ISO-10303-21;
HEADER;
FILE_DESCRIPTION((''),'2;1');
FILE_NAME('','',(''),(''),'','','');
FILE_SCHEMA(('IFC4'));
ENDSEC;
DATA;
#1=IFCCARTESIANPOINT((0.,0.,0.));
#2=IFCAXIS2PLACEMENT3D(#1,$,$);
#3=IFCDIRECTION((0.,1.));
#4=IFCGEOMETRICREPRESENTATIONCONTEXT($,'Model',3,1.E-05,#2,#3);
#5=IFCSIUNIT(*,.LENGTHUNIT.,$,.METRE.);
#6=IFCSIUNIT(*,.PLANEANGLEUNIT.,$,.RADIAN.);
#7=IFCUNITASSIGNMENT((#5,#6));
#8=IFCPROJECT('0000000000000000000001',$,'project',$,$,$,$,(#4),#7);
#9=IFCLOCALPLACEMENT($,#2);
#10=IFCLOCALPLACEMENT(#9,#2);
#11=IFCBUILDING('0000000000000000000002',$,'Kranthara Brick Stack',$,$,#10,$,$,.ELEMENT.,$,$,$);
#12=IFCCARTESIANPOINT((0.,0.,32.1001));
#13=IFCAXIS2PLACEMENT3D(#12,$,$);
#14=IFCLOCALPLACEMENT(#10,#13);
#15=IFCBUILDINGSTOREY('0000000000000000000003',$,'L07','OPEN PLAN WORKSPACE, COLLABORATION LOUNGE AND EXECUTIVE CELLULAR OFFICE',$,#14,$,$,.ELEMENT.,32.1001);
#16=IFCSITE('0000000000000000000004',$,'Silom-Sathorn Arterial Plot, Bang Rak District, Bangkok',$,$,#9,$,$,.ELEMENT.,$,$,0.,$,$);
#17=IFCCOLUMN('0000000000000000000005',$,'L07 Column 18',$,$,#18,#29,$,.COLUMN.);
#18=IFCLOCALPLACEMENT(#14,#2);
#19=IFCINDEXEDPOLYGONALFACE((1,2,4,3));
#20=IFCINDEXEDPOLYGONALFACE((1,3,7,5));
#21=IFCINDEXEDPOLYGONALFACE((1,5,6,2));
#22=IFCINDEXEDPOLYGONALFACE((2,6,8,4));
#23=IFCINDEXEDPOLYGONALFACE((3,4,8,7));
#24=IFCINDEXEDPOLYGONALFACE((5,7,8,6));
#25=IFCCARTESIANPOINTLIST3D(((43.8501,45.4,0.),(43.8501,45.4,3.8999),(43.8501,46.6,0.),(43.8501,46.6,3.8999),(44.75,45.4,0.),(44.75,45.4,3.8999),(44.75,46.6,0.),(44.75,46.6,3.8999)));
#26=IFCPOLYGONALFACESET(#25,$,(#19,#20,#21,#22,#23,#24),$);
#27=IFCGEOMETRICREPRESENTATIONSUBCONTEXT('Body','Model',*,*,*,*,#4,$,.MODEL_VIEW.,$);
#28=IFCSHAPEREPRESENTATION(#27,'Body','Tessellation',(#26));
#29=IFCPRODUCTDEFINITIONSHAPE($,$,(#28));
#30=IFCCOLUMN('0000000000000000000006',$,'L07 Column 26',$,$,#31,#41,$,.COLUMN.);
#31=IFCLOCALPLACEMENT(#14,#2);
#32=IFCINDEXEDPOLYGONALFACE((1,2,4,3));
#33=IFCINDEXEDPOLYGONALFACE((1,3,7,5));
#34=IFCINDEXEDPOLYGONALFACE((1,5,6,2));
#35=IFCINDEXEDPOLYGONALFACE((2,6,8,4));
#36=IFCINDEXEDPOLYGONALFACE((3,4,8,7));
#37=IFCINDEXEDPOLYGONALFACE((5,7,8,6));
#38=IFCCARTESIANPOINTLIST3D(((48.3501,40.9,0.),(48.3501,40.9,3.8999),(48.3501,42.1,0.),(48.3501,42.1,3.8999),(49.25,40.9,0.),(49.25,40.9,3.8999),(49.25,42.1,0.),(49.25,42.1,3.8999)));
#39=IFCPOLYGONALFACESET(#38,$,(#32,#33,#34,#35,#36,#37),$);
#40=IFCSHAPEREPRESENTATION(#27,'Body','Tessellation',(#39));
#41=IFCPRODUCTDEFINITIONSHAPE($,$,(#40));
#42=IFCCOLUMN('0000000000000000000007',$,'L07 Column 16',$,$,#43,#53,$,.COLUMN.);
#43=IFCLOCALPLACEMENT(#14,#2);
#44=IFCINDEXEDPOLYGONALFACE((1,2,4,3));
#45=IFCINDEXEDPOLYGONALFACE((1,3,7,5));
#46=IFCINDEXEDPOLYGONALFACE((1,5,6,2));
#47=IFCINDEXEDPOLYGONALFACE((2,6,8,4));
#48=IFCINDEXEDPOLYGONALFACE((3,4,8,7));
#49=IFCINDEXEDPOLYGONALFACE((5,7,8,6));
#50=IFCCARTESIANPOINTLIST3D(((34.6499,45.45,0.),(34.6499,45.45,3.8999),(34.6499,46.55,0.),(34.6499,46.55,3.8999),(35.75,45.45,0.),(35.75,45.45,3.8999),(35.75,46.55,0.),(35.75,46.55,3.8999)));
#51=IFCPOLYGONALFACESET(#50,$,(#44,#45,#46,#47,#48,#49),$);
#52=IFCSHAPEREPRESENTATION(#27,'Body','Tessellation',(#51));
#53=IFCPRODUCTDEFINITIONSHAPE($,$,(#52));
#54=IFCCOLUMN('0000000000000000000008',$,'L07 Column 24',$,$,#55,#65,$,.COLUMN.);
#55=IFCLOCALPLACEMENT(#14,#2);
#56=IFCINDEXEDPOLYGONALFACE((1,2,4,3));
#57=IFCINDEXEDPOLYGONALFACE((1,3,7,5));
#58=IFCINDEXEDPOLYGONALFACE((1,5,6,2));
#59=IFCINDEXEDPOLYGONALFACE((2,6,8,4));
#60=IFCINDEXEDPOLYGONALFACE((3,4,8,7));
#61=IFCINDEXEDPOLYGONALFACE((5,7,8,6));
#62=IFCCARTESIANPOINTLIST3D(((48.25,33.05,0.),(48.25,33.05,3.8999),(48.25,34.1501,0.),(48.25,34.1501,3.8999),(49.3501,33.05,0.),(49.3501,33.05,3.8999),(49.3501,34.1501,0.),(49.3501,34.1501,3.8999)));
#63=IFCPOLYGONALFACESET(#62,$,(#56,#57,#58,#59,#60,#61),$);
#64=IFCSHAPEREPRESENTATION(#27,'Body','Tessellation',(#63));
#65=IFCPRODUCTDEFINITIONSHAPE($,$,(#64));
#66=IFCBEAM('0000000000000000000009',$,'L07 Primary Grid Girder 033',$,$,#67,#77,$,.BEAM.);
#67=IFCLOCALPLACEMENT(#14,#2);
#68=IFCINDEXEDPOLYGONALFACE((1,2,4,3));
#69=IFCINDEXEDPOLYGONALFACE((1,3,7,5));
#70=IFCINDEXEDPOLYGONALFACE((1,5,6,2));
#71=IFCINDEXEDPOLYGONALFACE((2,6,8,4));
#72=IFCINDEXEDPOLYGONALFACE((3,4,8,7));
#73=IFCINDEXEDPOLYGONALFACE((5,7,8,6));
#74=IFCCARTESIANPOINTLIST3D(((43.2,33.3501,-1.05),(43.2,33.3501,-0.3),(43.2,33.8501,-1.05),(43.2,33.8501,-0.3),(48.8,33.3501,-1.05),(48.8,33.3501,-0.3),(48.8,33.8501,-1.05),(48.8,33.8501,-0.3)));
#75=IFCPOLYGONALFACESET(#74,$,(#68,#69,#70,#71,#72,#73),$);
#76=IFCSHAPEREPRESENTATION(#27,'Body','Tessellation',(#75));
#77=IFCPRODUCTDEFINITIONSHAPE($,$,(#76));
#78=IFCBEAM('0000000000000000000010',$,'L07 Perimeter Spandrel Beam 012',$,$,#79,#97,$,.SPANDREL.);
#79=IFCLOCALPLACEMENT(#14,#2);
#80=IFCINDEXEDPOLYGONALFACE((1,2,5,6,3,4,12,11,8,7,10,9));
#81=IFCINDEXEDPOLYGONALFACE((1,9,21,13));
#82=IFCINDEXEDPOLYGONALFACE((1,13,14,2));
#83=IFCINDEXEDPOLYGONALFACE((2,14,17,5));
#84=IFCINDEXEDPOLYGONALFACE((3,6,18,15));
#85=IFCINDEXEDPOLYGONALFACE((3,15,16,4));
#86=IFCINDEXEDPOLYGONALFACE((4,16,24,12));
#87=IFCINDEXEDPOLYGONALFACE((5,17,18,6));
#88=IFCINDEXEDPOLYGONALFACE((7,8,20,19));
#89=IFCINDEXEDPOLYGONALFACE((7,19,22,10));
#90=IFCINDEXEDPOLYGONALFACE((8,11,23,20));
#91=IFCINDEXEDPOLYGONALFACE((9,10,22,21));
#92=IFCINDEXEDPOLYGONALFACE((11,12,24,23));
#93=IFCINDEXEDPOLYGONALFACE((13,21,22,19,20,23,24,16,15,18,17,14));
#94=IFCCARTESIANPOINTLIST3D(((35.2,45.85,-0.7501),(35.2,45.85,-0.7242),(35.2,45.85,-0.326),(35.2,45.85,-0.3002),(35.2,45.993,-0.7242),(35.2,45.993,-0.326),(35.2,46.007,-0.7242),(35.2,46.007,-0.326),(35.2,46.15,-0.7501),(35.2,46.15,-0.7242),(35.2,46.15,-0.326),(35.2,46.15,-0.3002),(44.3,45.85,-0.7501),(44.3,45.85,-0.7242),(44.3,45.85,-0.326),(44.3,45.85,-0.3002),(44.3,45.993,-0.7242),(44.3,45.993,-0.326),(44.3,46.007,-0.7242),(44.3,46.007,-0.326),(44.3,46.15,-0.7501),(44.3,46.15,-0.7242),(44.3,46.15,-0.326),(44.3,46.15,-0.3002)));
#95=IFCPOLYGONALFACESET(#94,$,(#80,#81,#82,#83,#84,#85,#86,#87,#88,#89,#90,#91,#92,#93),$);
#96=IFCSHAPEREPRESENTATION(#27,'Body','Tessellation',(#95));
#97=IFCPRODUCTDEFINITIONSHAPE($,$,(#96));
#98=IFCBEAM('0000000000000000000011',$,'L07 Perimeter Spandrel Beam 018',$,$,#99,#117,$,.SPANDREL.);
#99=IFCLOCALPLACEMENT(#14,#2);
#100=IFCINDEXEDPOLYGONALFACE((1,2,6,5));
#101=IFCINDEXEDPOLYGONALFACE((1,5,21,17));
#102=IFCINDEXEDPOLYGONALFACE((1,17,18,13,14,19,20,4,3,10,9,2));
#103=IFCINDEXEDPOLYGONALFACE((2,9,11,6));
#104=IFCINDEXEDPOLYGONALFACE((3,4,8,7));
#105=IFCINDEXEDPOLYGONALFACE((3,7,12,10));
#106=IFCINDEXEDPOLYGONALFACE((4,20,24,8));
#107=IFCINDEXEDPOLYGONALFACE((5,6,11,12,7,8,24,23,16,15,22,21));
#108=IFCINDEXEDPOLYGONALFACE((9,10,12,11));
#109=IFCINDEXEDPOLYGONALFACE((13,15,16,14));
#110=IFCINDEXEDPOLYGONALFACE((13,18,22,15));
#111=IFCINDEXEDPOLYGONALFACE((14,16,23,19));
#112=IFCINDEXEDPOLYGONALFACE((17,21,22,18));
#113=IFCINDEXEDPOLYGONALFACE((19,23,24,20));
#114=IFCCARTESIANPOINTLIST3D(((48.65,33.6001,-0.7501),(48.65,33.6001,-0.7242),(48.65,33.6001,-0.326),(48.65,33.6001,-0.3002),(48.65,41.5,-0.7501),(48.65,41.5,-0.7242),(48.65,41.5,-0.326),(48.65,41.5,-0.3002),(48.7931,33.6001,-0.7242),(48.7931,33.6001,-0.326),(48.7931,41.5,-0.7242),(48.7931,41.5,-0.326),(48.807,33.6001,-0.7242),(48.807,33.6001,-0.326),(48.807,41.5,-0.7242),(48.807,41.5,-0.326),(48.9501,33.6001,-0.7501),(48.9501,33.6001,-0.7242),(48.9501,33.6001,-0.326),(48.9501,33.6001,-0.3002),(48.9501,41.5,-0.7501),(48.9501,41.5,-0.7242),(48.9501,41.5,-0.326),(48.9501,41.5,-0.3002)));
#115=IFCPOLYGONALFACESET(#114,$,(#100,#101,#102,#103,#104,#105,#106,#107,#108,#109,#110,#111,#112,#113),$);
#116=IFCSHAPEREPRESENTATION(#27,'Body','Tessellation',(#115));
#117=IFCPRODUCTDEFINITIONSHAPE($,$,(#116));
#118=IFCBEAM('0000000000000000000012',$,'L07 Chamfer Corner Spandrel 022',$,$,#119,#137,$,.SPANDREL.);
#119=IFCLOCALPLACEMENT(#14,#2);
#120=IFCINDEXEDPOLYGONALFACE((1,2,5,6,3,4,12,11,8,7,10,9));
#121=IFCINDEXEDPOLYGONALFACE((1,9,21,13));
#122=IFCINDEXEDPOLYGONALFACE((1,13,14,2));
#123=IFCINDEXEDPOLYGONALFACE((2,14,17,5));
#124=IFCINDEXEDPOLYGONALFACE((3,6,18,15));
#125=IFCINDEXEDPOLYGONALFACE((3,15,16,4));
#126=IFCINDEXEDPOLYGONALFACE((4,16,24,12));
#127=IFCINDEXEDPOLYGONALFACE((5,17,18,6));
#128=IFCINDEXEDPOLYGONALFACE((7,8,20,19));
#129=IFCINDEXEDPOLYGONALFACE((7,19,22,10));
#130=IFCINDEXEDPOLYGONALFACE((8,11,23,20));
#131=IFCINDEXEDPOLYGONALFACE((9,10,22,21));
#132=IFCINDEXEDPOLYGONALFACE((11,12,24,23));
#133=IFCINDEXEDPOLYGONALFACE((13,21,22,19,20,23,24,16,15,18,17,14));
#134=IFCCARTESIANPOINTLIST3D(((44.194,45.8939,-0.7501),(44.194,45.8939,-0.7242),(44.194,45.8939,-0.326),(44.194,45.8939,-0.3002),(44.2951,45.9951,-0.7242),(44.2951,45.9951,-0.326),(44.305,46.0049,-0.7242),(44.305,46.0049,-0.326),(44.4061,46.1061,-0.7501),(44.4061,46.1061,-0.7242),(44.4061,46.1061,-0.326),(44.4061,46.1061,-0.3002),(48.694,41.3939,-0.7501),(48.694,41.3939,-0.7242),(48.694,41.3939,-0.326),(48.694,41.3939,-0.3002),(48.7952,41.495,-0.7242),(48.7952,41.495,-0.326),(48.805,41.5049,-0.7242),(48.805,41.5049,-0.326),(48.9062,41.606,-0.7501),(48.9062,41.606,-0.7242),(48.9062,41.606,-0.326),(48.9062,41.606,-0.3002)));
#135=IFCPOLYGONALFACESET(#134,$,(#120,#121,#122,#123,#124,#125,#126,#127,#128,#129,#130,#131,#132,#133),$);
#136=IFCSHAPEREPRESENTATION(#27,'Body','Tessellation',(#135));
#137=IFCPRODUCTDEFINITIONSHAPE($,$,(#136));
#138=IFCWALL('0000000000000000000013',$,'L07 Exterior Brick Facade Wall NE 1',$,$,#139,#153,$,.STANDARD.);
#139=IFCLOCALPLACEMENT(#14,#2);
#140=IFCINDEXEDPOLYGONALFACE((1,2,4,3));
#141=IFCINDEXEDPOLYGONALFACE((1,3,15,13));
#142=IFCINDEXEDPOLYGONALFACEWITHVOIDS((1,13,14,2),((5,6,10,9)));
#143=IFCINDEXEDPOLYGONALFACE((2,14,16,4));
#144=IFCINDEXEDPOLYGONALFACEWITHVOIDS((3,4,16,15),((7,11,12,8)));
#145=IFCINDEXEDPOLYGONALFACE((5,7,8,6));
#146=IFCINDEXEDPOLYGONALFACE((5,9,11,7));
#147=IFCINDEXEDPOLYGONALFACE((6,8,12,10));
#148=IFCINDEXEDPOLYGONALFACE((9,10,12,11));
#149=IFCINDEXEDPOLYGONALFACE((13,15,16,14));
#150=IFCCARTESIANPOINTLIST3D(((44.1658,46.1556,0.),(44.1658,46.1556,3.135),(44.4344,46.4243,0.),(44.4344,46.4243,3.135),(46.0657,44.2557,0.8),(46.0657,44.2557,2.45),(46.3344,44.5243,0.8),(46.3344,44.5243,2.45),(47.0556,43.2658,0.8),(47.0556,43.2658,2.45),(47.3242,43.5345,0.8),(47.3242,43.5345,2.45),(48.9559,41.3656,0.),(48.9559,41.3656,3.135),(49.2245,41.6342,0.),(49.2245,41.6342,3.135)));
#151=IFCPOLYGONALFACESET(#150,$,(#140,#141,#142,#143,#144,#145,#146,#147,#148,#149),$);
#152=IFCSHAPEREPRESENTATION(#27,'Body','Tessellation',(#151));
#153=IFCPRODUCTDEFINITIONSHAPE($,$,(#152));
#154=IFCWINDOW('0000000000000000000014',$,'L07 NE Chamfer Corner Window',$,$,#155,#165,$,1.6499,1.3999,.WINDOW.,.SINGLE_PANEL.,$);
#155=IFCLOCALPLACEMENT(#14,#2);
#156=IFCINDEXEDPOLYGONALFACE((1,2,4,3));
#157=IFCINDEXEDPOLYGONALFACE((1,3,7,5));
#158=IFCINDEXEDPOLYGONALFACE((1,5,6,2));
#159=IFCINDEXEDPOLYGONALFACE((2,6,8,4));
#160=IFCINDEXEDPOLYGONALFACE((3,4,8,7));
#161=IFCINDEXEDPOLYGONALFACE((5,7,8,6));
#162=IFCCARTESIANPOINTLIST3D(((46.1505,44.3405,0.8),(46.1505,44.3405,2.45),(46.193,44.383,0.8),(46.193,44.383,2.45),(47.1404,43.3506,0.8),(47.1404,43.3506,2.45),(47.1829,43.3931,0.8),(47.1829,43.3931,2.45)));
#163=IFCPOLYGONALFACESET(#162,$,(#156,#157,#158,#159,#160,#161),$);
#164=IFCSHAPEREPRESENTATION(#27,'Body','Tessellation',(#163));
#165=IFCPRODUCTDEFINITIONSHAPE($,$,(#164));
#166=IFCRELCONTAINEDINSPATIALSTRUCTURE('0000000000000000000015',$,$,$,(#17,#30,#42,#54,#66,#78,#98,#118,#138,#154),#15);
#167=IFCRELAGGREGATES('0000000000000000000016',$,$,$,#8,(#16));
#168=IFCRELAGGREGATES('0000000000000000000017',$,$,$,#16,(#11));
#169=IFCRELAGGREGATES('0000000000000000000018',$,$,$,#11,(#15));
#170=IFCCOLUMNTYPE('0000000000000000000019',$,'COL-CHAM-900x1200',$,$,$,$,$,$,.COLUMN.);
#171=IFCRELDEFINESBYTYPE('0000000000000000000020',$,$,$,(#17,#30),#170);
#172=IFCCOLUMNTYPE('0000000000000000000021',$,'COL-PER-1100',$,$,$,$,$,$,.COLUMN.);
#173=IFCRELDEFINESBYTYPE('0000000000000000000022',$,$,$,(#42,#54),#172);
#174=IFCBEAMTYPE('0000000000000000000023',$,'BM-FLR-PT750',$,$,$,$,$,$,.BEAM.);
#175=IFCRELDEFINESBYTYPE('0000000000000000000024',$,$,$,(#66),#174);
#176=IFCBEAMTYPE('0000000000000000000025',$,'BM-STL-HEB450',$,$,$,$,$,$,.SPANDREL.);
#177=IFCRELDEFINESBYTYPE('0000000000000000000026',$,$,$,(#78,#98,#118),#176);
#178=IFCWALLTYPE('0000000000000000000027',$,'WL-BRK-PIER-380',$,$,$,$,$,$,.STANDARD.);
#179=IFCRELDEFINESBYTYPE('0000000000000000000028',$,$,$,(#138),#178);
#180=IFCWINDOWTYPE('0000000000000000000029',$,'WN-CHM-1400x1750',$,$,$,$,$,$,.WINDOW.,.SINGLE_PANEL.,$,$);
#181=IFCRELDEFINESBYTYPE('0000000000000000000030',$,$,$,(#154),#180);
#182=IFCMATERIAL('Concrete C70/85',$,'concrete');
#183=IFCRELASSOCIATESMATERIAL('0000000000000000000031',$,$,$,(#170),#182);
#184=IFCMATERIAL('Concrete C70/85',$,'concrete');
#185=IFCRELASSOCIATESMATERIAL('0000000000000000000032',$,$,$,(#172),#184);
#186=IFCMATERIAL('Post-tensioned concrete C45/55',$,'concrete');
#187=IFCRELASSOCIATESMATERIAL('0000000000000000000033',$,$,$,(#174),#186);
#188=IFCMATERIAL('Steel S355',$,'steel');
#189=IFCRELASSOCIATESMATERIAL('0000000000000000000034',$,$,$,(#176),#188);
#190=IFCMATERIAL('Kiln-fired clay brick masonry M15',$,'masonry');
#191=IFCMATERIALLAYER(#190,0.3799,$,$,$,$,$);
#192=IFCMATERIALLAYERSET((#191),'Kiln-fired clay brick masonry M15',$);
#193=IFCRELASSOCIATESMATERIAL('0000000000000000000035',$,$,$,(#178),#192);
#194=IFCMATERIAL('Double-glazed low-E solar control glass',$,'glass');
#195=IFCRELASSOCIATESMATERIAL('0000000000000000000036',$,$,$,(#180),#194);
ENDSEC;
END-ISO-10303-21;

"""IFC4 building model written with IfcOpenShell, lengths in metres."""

from ifc_helpers import new_model, si_unit, direction, frame, frame_2d, origin, origin_2d, place, context, subcontext, project, spatial, rectangle, i_section, extrude, material, layer, layer_set, material_profile, profile_set, type_object, element, fill, save


model = new_model("IFC4")

# Units and contexts
model_context = context("Model", 3, precision=1e-05, world=origin(), true_north=direction((0.0, 1.0)))
body_context = subcontext(model_context, "Body", "Model", "MODEL_VIEW")
ifc_project = project(units=[si_unit("LENGTHUNIT", "METRE"), si_unit("PLANEANGLEUNIT", "RADIAN")], contexts=[model_context])

# Site, building, storey
site_placement = place(None, origin())
site = spatial("IfcSite", under=ifc_project, at=site_placement, Name="Silom-Sathorn Arterial Plot, Bang Rak District, Bangkok", CompositionType="ELEMENT", RefElevation=0.0)
building_placement = place(site_placement, origin())
building = spatial("IfcBuilding", under=site, at=building_placement, Name="Kranthara Brick Stack", CompositionType="ELEMENT")
storey_placement = place(building_placement, frame((0.0, 0.0, 32.1001)))
storey = spatial("IfcBuildingStorey", under=building, at=storey_placement, Name="L07", Description="OPEN PLAN WORKSPACE, COLLABORATION LOUNGE AND EXECUTIVE CELLULAR OFFICE", CompositionType="ELEMENT", Elevation=32.1001)

# Columns
ifc_material_1 = material(Name="Concrete C70/85", Category="concrete")
ifc_material_profile_1 = material_profile(ifc_material_1, rectangle(XDim=0.8999, YDim=1.2, at=origin_2d()), Name="RC 900x1200")
ifc_profile_set_1 = profile_set([ifc_material_profile_1], Name="Concrete C70/85")
column_type_1 = type_object("IfcColumnType", Name="COL-CHAM-900x1200", PredefinedType="COLUMN", material=ifc_profile_set_1)
for number, where, z_axis, x_axis, name in (
    (1, (44.3, 46.0, 0.0), (0.0, 0.0, 1.0), (1.0, 0.0, 0.0), "L07 Column 18"),
    (2, (48.8, 41.5, 0.0), (0.0, 0.0, 1.0), (1.0, 0.0, 0.0), "L07 Column 26"),
):
    element("IfcColumn", number, at=place(storey_placement, frame(where, z_axis=z_axis, x_axis=x_axis)), inside=storey, type_object=column_type_1, Name=name, PredefinedType="COLUMN", context=body_context, shape_type="SweptSolid", body=[
        extrude(rectangle(XDim=0.8999, YDim=1.2, at=origin_2d()), origin(), (0.0, 0.0, 1.0), 3.8999),
    ])
ifc_material_2 = material(Name="Concrete C70/85", Category="concrete")
ifc_material_profile_2 = material_profile(ifc_material_2, rectangle(XDim=1.1001, YDim=1.1001, at=origin_2d()), Name="RC 1100x1100")
ifc_profile_set_2 = profile_set([ifc_material_profile_2], Name="Concrete C70/85")
column_type_2 = type_object("IfcColumnType", Name="COL-PER-1100", PredefinedType="COLUMN", material=ifc_profile_set_2)
for number, where, z_axis, x_axis, name in (
    (3, (35.2, 46.0, 0.0), (0.0, 0.0, 1.0), (1.0, 0.0, 0.0), "L07 Column 16"),
    (4, (48.8, 33.6001, 0.0), (0.0, 0.0, 1.0), (1.0, 0.0, 0.0), "L07 Column 24"),
):
    element("IfcColumn", number, at=place(storey_placement, frame(where, z_axis=z_axis, x_axis=x_axis)), inside=storey, type_object=column_type_2, Name=name, PredefinedType="COLUMN", context=body_context, shape_type="SweptSolid", body=[
        extrude(rectangle(XDim=1.1001, YDim=1.1001, at=origin_2d()), origin(), (0.0, 0.0, 1.0), 3.8999),
    ])

# Beams
ifc_material_3 = material(Name="Post-tensioned concrete C45/55", Category="concrete")
ifc_material_profile_3 = material_profile(ifc_material_3, rectangle(XDim=0.5, YDim=0.75, at=origin_2d()), Name="PT 500x750")
ifc_profile_set_3 = profile_set([ifc_material_profile_3], Name="Post-tensioned concrete C45/55")
beam_type_1 = type_object("IfcBeamType", Name="BM-FLR-PT750", PredefinedType="BEAM", material=ifc_profile_set_3)
beam_1_placement = place(storey_placement, frame((43.2, 33.6001, -0.675), z_axis=(1.0, 0.0, 0.0), x_axis=(0.0, 1.0, 0.0)))
element("IfcBeam", 5, at=beam_1_placement, inside=storey, type_object=beam_type_1, Name="L07 Primary Grid Girder 033", PredefinedType="BEAM", context=body_context, shape_type="SweptSolid", body=[
    extrude(rectangle(XDim=0.5, YDim=0.75, at=origin_2d()), origin(), (0.0, 0.0, 1.0), 5.6001),
])
ifc_material_4 = material(Name="Steel S355", Category="steel")
ifc_material_profile_4 = material_profile(ifc_material_4, i_section(OverallWidth=0.3, OverallDepth=0.45, WebThickness=0.0139, FlangeThickness=0.0259, at=origin_2d()), Name="HEB 450")
ifc_profile_set_4 = profile_set([ifc_material_profile_4], Name="Steel S355")
beam_type_2 = type_object("IfcBeamType", Name="BM-STL-HEB450", PredefinedType="SPANDREL", material=ifc_profile_set_4)
beam_2_placement = place(storey_placement, frame((35.2, 46.0, -0.5251), z_axis=(1.0, 0.0, 0.0), x_axis=(0.0, 1.0, 0.0)))
element("IfcBeam", 6, at=beam_2_placement, inside=storey, type_object=beam_type_2, Name="L07 Perimeter Spandrel Beam 012", PredefinedType="SPANDREL", context=body_context, shape_type="SweptSolid", body=[
    extrude(i_section(OverallWidth=0.3, OverallDepth=0.45, WebThickness=0.0139, FlangeThickness=0.0259, at=origin_2d()), origin(), (0.0, 0.0, 1.0), 9.1001),
])
beam_3_placement = place(storey_placement, frame((48.8, 33.6001, -0.5251), z_axis=(0.0, 1.0, 0.0), x_axis=(-1.0, 0.0, 0.0)))
element("IfcBeam", 7, at=beam_3_placement, inside=storey, type_object=beam_type_2, Name="L07 Perimeter Spandrel Beam 018", PredefinedType="SPANDREL", context=body_context, shape_type="SweptSolid", body=[
    extrude(i_section(OverallWidth=0.3, OverallDepth=0.45, WebThickness=0.0139, FlangeThickness=0.0259, at=origin_2d()), origin(), (0.0, 0.0, 1.0), 7.8999),
])
beam_4_placement = place(storey_placement, frame((44.3, 46.0, -0.5251), z_axis=(0.707107, -0.707107, 0.0), x_axis=(0.707107, 0.707107, 0.0)))
element("IfcBeam", 8, at=beam_4_placement, inside=storey, type_object=beam_type_2, Name="L07 Chamfer Corner Spandrel 022", PredefinedType="SPANDREL", context=body_context, shape_type="SweptSolid", body=[
    extrude(i_section(OverallWidth=0.3, OverallDepth=0.45, WebThickness=0.0139, FlangeThickness=0.0259, at=origin_2d()), origin(), (0.0, 0.0, 1.0), 6.364),
])

# Wall, opening, window
ifc_material_5 = material(Name="Kiln-fired clay brick masonry M15", Category="masonry")
ifc_layer_1 = layer(ifc_material_5, 0.3799)
ifc_layer_set_1 = layer_set([ifc_layer_1], Name="Kiln-fired clay brick masonry M15")
wall_type_1 = type_object("IfcWallType", Name="WL-BRK-PIER-380", PredefinedType="STANDARD", material=ifc_layer_set_1)
wall_1_placement = place(storey_placement, frame((44.3, 46.29, 0.0), z_axis=(0.0, 0.0, 1.0), x_axis=(0.707107, -0.707107, 0.0)))
wall_1 = element("IfcWall", 9, at=wall_1_placement, inside=storey, type_object=wall_type_1, Name="L07 Exterior Brick Facade Wall NE 1", PredefinedType="STANDARD", context=body_context, shape_type="SweptSolid", body=[
    extrude(rectangle(XDim=6.7742, YDim=0.3799, at=frame_2d((3.3872, 0.0))), origin(), (0.0, 0.0, 1.0), 3.135),
])
opening_1_placement = place(wall_1_placement, frame((2.687, 0.0, 0.8)))
opening_1 = element("IfcOpeningElement", 10, at=opening_1_placement, cuts=wall_1, PredefinedType="OPENING", context=body_context, shape_type="SweptSolid", body=[
    extrude(rectangle(XDim=1.3999, YDim=1.6499, at=frame_2d((0.7, 0.825))), frame((0.0, 0.2, 0.0), z_axis=(0.0, -1.0, 0.0), x_axis=(1.0, 0.0, 0.0)), (0.0, 0.0, 1.0), 0.3999),
])
ifc_material_6 = material(Name="Double-glazed low-E solar control glass", Category="glass")
window_type_1 = type_object("IfcWindowType", Name="WN-CHM-1400x1750", PartitioningType="SINGLE_PANEL", PredefinedType="WINDOW", material=ifc_material_6)
window_1_placement = place(opening_1_placement, origin())
window_1 = element("IfcWindow", 11, at=window_1_placement, inside=storey, type_object=window_type_1, Name="L07 NE Chamfer Corner Window", OverallHeight=1.6499, OverallWidth=1.3999, PartitioningType="SINGLE_PANEL", PredefinedType="WINDOW", context=body_context, shape_type="SweptSolid", body=[
    extrude(rectangle(XDim=1.3999, YDim=1.6499, at=frame_2d((0.7, 0.825))), frame((0.0, -0.01, 0.0), z_axis=(0.0, -1.0, 0.0), x_axis=(1.0, 0.0, 0.0)), (0.0, 0.0, 1.0), 0.0601),
])
fill(opening_1, window_1)

save(model, "model.ifc")
